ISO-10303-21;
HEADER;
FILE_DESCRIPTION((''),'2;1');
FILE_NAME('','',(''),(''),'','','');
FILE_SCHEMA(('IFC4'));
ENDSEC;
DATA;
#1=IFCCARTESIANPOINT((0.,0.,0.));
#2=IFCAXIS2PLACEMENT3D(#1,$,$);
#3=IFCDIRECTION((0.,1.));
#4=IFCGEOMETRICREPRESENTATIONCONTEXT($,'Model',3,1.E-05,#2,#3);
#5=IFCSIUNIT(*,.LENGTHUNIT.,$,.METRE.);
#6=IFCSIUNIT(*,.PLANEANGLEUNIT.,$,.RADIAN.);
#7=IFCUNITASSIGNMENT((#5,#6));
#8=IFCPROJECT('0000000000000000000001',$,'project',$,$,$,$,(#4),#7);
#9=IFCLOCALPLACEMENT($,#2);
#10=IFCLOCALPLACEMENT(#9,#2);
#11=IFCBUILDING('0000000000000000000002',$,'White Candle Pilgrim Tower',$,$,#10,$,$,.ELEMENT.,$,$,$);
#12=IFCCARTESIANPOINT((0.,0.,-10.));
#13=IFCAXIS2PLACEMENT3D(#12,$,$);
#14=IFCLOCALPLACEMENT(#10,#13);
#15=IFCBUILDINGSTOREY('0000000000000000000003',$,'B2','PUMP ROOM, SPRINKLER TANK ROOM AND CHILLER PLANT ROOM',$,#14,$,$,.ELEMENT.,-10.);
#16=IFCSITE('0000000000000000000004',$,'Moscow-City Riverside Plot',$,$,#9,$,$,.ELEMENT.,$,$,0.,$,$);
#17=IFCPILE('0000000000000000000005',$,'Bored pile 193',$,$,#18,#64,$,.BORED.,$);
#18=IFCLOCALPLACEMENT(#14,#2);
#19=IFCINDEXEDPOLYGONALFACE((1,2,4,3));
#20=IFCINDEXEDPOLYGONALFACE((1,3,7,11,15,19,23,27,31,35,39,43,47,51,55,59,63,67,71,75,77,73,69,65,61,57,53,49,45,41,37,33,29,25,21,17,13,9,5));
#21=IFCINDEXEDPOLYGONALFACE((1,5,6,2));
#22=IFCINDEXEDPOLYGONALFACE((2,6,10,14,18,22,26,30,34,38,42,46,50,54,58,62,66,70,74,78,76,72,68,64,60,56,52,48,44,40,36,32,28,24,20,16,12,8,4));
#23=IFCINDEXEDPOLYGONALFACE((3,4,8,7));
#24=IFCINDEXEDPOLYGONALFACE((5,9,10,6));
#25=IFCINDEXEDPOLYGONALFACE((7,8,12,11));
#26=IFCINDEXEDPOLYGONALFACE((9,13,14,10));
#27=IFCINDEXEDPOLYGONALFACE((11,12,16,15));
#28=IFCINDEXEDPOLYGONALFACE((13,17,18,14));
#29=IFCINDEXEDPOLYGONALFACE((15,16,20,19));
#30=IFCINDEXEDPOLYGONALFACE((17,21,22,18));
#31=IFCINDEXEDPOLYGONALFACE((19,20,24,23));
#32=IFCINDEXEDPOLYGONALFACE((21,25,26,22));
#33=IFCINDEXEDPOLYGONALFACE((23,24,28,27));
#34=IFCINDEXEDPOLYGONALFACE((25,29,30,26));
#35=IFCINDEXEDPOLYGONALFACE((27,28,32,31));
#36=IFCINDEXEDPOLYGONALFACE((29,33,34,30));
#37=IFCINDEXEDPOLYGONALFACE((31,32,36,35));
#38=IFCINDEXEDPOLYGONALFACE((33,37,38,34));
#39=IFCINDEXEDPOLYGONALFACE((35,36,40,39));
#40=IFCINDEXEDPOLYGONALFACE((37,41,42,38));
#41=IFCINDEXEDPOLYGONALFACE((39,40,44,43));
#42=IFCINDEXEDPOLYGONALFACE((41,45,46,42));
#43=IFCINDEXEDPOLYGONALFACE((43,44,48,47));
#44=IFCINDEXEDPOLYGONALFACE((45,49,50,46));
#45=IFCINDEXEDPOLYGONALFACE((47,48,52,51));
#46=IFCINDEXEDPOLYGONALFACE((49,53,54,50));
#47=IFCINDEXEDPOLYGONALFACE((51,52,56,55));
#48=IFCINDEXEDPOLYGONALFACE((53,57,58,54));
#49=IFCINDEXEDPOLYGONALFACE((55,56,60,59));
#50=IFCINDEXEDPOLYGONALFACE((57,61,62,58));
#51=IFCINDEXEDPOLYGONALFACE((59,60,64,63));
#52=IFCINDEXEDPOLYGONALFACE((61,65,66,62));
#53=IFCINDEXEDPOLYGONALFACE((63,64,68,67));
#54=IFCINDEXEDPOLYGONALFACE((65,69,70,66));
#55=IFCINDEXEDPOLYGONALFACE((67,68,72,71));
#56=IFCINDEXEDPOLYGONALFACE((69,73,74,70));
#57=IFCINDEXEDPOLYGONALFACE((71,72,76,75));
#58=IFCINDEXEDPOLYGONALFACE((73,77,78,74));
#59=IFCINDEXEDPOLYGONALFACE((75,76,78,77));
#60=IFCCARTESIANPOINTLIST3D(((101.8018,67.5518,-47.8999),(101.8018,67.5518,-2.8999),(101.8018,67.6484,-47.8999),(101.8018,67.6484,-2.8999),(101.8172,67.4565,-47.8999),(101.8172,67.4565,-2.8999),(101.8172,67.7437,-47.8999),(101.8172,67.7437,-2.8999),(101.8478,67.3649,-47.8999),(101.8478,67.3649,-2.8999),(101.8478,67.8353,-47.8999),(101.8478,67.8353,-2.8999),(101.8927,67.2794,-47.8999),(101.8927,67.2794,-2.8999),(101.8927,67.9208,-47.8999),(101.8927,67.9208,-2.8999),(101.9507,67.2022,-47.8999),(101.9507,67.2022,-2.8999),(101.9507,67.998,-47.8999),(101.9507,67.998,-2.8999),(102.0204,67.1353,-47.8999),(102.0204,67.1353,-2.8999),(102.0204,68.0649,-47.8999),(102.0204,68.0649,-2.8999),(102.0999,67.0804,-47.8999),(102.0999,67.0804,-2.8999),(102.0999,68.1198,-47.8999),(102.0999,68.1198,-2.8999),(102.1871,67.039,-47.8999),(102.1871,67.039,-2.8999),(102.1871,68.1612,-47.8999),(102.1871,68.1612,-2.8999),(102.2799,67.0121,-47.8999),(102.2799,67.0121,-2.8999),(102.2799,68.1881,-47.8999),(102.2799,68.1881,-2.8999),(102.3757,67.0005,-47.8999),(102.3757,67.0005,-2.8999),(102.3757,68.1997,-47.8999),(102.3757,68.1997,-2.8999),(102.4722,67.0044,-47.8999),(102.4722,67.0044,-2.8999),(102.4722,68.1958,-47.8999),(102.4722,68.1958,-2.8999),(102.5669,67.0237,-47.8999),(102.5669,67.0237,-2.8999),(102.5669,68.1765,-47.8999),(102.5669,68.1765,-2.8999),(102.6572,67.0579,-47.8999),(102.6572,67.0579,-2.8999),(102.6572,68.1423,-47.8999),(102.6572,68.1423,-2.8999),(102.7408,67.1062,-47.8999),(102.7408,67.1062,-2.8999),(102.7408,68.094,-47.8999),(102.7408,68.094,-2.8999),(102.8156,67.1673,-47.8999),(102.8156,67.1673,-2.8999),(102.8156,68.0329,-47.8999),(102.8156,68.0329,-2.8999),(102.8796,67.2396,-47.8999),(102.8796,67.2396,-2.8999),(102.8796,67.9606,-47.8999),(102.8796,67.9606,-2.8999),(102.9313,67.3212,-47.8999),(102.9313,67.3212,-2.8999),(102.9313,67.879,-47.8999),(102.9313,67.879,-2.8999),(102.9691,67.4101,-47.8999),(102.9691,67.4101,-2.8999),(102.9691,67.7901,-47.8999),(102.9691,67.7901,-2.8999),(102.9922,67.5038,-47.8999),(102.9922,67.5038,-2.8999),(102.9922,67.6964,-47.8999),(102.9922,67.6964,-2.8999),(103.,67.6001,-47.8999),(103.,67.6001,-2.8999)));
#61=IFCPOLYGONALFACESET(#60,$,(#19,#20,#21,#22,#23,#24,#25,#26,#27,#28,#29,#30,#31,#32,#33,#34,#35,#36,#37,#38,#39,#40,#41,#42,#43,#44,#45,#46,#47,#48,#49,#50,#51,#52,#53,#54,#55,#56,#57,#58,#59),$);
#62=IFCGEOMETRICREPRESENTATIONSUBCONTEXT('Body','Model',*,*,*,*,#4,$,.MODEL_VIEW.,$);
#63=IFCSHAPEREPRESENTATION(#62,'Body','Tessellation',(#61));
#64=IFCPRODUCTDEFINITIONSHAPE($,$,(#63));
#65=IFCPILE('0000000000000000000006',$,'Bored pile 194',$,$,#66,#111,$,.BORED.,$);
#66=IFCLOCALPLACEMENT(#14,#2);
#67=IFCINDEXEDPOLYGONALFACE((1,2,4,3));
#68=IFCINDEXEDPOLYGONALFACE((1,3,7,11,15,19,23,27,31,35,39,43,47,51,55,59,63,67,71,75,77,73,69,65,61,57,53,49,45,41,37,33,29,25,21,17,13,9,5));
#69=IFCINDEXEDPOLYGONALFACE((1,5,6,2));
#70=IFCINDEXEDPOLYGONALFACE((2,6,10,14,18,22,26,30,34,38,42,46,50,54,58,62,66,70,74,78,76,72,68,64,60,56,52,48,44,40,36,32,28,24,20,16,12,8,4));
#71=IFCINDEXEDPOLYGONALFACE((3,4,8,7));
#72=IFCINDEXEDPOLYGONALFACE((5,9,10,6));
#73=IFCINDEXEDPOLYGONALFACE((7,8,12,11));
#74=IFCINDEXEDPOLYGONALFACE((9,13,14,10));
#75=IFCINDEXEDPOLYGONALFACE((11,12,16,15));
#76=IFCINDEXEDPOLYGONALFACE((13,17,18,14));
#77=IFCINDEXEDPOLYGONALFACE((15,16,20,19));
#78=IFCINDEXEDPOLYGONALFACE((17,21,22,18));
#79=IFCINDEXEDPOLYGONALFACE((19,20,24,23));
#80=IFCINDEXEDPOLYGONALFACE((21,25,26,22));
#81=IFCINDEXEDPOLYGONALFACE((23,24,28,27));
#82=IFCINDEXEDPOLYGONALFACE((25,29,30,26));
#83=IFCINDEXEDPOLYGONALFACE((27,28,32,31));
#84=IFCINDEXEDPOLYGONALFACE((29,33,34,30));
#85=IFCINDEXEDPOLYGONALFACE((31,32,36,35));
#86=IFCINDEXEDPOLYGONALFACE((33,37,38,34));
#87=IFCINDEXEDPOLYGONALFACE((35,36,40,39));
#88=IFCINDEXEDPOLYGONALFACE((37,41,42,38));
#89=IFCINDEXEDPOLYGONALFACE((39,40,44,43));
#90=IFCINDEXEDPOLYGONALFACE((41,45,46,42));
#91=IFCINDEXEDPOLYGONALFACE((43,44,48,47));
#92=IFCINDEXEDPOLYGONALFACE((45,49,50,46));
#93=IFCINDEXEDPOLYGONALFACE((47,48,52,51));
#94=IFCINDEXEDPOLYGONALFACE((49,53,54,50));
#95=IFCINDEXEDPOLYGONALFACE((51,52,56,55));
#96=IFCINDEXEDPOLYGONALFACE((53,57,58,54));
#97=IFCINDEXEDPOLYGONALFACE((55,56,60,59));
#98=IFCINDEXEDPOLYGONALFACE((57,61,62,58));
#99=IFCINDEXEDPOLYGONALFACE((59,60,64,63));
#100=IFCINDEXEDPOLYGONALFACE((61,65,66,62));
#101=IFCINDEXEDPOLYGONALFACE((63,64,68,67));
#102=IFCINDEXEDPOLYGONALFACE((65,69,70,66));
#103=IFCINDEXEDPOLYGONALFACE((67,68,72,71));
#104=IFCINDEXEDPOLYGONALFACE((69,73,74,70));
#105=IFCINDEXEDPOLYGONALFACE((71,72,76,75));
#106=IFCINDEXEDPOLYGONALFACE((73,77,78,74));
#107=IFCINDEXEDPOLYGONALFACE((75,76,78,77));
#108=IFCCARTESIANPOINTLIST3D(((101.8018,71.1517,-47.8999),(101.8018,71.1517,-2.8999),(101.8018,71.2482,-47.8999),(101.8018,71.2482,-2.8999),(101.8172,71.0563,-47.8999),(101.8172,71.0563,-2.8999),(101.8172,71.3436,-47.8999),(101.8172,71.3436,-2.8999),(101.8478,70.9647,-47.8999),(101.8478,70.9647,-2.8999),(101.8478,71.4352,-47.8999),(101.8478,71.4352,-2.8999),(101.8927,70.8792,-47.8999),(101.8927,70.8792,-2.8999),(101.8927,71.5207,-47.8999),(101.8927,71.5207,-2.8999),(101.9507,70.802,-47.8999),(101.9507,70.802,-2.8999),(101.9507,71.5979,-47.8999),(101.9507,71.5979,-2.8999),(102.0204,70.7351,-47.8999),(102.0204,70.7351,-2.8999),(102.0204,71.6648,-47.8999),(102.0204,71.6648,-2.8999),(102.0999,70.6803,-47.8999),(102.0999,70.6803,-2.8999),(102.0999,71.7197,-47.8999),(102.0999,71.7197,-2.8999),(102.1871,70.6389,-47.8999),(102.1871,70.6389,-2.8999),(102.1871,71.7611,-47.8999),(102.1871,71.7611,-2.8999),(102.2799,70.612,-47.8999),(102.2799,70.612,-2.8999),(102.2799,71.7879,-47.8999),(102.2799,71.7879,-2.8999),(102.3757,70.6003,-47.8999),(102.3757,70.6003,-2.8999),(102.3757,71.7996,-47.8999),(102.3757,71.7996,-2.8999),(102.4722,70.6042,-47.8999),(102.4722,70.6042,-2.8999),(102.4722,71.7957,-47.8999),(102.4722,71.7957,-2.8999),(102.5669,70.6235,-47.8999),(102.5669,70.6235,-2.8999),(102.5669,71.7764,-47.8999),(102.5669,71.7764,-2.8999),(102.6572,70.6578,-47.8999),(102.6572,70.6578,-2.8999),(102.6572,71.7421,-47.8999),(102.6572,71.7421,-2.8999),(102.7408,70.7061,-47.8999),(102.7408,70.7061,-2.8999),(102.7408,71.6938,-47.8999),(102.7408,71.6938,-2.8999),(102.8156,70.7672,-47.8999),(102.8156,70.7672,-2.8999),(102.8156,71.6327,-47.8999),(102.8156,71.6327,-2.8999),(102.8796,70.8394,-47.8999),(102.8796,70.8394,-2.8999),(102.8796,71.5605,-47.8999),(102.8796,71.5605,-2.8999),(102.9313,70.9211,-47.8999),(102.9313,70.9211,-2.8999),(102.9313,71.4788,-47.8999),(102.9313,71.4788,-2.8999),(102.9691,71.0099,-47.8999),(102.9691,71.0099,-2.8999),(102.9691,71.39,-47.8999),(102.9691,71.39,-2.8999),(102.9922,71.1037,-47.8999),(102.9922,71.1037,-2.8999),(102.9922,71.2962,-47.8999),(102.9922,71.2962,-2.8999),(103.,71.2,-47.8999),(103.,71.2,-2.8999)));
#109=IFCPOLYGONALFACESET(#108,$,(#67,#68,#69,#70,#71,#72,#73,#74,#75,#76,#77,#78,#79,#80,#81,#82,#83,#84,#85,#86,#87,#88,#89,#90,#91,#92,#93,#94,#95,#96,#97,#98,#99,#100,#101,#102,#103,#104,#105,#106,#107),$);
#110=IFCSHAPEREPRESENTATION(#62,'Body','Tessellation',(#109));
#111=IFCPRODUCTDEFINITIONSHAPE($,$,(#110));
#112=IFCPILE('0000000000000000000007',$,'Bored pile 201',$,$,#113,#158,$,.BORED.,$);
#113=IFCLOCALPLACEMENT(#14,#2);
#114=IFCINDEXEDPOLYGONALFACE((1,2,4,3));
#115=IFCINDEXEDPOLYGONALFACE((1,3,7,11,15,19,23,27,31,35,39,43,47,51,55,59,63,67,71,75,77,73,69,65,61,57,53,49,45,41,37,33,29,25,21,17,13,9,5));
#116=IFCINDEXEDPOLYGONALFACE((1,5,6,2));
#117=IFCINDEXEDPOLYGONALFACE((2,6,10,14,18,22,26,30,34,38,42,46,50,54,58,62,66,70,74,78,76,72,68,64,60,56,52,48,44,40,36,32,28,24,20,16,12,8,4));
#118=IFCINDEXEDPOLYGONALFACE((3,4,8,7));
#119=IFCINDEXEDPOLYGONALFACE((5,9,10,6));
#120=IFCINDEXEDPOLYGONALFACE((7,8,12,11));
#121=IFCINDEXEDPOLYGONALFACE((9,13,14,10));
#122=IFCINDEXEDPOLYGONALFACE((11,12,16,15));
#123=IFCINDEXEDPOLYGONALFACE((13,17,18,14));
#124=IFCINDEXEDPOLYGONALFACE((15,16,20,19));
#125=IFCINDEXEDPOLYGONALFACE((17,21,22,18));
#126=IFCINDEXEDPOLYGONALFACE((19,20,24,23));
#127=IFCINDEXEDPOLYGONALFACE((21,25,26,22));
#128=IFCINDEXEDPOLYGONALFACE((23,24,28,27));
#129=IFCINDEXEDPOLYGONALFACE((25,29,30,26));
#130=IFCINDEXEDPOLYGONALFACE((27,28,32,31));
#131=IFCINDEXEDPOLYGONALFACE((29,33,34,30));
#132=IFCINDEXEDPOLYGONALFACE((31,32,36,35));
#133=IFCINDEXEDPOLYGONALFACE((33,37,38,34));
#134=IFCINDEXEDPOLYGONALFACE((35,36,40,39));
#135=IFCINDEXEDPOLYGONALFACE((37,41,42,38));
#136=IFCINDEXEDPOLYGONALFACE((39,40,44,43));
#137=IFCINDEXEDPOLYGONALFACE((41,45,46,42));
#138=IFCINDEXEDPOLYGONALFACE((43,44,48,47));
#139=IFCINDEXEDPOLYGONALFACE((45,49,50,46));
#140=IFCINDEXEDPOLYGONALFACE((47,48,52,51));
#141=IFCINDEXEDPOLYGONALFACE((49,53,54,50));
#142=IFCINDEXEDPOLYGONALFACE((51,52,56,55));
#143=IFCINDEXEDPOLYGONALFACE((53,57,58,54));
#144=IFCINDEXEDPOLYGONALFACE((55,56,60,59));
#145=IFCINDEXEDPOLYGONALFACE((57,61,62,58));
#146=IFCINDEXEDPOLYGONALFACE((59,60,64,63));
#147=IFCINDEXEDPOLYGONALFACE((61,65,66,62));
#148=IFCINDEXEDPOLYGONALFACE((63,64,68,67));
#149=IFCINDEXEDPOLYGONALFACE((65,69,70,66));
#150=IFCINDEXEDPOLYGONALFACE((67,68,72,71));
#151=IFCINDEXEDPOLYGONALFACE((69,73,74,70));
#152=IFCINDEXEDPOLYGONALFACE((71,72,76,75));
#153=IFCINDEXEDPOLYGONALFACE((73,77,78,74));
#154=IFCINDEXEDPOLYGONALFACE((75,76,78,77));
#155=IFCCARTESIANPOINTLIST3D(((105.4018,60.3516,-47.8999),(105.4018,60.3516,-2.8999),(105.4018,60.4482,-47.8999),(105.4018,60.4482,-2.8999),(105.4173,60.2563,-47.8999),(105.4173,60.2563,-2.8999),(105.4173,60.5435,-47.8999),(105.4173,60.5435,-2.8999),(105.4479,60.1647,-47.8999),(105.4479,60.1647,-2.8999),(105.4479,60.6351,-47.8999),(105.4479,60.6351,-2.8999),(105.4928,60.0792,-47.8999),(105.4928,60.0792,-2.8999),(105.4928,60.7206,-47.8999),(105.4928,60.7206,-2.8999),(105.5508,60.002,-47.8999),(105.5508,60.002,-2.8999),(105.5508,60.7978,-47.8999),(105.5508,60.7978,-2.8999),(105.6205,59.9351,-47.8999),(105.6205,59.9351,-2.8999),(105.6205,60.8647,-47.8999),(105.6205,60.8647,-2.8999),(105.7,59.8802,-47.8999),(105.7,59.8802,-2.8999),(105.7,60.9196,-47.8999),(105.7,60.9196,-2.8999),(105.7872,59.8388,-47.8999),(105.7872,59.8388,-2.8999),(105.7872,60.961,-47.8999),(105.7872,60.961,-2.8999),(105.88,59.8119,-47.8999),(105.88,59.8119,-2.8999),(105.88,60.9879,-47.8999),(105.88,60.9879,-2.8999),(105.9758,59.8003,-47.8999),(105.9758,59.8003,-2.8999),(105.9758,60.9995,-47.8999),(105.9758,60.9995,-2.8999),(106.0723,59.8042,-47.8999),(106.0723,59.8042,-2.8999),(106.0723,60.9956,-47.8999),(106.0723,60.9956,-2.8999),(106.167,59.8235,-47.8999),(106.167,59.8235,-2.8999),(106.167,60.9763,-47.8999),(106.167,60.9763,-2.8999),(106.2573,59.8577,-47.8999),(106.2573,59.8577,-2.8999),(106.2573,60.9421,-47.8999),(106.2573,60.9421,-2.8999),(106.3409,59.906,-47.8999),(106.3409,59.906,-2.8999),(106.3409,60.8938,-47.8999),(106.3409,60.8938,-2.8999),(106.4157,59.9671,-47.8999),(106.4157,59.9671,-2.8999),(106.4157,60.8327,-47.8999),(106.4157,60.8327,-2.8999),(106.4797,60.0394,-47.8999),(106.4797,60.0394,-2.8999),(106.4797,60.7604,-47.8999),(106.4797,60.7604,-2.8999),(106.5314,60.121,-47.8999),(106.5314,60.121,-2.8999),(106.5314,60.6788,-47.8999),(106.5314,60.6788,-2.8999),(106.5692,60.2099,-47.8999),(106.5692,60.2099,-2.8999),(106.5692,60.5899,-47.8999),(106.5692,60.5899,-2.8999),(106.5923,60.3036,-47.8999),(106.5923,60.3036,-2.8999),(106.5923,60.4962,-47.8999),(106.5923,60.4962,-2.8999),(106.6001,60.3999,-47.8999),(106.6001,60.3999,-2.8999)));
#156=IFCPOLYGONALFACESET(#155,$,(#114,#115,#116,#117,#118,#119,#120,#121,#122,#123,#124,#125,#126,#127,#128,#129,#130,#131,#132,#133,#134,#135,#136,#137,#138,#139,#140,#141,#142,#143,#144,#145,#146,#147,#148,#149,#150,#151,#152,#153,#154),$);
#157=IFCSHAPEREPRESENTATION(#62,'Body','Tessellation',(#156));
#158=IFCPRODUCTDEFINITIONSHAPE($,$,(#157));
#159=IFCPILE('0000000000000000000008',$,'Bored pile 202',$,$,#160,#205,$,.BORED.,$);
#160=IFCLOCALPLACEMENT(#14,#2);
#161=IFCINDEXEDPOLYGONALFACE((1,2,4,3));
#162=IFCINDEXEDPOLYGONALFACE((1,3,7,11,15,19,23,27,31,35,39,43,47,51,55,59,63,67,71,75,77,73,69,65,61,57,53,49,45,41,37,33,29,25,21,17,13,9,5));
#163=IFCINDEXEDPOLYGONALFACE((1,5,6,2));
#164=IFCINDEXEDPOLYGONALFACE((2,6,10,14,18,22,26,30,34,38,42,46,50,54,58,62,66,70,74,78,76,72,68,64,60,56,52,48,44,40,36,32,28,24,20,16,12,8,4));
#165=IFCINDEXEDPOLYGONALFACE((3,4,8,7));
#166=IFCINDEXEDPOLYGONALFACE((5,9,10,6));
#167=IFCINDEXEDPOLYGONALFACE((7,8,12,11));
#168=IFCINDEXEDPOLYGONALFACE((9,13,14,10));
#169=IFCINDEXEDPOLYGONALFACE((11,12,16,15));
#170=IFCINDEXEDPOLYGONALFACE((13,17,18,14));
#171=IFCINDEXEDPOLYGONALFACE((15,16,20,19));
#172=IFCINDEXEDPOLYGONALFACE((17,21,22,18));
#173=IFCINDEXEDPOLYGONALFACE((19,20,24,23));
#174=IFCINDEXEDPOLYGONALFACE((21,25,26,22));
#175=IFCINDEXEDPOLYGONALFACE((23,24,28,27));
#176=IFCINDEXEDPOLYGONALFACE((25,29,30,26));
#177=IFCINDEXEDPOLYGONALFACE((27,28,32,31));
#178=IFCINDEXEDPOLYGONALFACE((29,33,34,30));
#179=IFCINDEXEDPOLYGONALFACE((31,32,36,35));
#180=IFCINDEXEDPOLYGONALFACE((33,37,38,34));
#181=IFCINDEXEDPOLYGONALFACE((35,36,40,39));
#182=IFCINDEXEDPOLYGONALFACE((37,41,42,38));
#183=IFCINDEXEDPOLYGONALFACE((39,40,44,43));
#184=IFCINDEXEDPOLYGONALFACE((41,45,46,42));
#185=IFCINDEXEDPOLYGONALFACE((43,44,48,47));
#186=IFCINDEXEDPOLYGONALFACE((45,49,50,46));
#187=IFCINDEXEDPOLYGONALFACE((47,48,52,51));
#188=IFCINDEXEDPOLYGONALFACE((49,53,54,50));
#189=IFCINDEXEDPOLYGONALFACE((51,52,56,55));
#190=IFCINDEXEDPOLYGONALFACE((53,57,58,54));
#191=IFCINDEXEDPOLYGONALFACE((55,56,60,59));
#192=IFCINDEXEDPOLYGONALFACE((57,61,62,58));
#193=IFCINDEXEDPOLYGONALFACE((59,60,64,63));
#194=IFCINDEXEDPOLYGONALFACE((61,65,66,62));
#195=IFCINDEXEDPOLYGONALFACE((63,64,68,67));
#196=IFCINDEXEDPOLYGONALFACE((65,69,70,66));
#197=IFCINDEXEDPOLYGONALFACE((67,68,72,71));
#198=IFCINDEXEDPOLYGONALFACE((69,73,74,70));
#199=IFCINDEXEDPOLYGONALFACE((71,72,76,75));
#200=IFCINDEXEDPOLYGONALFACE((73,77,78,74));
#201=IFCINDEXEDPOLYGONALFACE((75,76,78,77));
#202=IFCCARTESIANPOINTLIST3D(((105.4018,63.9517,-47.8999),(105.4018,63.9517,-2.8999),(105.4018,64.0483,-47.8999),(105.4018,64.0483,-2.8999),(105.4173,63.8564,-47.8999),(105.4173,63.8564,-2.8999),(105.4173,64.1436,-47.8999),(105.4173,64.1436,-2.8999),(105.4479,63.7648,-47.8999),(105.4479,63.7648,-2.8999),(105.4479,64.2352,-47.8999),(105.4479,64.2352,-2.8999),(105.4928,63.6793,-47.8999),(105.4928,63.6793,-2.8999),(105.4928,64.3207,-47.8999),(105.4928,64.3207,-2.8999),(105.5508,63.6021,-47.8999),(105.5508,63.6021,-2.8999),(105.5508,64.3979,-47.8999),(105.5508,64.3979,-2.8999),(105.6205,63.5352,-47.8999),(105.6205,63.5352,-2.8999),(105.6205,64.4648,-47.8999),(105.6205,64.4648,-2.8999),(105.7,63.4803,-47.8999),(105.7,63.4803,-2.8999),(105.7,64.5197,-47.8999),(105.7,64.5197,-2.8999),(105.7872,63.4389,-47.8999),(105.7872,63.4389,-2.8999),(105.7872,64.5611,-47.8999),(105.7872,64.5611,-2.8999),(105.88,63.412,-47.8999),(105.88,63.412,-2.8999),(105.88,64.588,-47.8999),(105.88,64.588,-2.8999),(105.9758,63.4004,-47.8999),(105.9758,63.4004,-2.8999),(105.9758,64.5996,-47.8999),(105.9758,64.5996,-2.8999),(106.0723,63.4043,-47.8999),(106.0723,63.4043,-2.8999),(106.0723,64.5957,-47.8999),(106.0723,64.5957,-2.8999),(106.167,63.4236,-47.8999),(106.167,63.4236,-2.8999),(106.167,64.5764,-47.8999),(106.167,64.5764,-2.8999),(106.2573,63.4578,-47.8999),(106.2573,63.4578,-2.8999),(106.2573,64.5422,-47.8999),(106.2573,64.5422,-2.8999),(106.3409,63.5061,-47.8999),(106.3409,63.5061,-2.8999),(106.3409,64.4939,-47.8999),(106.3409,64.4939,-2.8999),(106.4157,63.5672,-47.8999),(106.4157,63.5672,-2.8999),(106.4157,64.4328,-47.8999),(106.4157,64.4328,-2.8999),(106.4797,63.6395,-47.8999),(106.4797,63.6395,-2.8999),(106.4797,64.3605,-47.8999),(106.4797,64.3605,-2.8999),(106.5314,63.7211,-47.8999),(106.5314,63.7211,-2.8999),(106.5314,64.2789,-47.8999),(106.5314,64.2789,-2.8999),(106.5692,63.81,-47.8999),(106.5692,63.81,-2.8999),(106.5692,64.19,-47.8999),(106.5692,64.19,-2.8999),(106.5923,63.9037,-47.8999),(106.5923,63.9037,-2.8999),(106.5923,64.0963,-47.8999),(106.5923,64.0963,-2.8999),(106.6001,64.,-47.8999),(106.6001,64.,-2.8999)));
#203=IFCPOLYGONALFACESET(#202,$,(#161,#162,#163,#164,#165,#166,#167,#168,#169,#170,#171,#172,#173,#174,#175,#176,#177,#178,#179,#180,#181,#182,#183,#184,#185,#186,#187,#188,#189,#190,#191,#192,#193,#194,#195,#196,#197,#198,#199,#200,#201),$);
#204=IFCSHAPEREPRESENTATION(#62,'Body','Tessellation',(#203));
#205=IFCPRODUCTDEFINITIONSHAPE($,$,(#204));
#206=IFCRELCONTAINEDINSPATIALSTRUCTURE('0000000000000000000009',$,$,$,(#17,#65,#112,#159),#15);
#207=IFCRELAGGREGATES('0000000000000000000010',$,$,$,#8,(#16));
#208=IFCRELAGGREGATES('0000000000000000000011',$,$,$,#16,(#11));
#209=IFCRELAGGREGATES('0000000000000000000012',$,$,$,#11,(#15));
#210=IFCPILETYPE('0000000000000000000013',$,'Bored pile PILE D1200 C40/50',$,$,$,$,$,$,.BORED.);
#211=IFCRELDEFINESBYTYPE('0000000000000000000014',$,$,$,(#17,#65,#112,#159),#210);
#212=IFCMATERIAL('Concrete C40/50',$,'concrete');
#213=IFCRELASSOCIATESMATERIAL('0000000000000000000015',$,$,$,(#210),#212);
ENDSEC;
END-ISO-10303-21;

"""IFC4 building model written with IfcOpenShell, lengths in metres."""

from ifc_helpers import new_model, si_unit, direction, frame, origin, origin_2d, place, context, subcontext, project, spatial, circle, extrude, material, material_profile, profile_set, type_object, element, save


model = new_model("IFC4")

# Units and contexts
model_context = context("Model", 3, precision=1e-05, world=origin(), true_north=direction((0.0, 1.0)))
body_context = subcontext(model_context, "Body", "Model", "MODEL_VIEW")
ifc_project = project(units=[si_unit("LENGTHUNIT", "METRE"), si_unit("PLANEANGLEUNIT", "RADIAN")], contexts=[model_context])

# Site, building, storey
site_placement = place(None, origin())
site = spatial("IfcSite", under=ifc_project, at=site_placement, Name="Moscow-City Riverside Plot", CompositionType="ELEMENT", RefElevation=0.0)
building_placement = place(site_placement, origin())
building = spatial("IfcBuilding", under=site, at=building_placement, Name="White Candle Pilgrim Tower", CompositionType="ELEMENT")
storey_placement = place(building_placement, frame((0.0, 0.0, -10.0)))
storey = spatial("IfcBuildingStorey", under=building, at=storey_placement, Name="B2", Description="PUMP ROOM, SPRINKLER TANK ROOM AND CHILLER PLANT ROOM", CompositionType="ELEMENT", Elevation=-10.0)

# Piles
ifc_material_1 = material(Name="Concrete C40/50", Category="concrete")
ifc_material_profile_1 = material_profile(ifc_material_1, circle(Radius=0.6001, at=origin_2d()), Name="PILE D1200")
ifc_profile_set_1 = profile_set([ifc_material_profile_1], Name="Concrete C40/50")
pile_type_1 = type_object("IfcPileType", Name="Bored pile PILE D1200 C40/50", PredefinedType="BORED", material=ifc_profile_set_1)
for number, where, z_axis, x_axis, name in (
    (1, (102.3999, 67.6001, -2.8999), (0.0, 0.0, -1.0), (1.0, 0.0, 0.0), "Bored pile 193"),
    (2, (102.3999, 71.2, -2.8999), (0.0, 0.0, -1.0), (1.0, 0.0, 0.0), "Bored pile 194"),
    (3, (106.0, 60.3999, -2.8999), (0.0, 0.0, -1.0), (1.0, 0.0, 0.0), "Bored pile 201"),
    (4, (106.0, 64.0, -2.8999), (0.0, 0.0, -1.0), (1.0, 0.0, 0.0), "Bored pile 202"),
):
    element("IfcPile", number, at=place(storey_placement, frame(where, z_axis=z_axis, x_axis=x_axis)), inside=storey, type_object=pile_type_1, Name=name, PredefinedType="BORED", context=body_context, shape_type="SweptSolid", body=[
        extrude(circle(Radius=0.6001, at=origin_2d()), origin(), (0.0, 0.0, 1.0), 45.0),
    ])

save(model, "model.ifc")
